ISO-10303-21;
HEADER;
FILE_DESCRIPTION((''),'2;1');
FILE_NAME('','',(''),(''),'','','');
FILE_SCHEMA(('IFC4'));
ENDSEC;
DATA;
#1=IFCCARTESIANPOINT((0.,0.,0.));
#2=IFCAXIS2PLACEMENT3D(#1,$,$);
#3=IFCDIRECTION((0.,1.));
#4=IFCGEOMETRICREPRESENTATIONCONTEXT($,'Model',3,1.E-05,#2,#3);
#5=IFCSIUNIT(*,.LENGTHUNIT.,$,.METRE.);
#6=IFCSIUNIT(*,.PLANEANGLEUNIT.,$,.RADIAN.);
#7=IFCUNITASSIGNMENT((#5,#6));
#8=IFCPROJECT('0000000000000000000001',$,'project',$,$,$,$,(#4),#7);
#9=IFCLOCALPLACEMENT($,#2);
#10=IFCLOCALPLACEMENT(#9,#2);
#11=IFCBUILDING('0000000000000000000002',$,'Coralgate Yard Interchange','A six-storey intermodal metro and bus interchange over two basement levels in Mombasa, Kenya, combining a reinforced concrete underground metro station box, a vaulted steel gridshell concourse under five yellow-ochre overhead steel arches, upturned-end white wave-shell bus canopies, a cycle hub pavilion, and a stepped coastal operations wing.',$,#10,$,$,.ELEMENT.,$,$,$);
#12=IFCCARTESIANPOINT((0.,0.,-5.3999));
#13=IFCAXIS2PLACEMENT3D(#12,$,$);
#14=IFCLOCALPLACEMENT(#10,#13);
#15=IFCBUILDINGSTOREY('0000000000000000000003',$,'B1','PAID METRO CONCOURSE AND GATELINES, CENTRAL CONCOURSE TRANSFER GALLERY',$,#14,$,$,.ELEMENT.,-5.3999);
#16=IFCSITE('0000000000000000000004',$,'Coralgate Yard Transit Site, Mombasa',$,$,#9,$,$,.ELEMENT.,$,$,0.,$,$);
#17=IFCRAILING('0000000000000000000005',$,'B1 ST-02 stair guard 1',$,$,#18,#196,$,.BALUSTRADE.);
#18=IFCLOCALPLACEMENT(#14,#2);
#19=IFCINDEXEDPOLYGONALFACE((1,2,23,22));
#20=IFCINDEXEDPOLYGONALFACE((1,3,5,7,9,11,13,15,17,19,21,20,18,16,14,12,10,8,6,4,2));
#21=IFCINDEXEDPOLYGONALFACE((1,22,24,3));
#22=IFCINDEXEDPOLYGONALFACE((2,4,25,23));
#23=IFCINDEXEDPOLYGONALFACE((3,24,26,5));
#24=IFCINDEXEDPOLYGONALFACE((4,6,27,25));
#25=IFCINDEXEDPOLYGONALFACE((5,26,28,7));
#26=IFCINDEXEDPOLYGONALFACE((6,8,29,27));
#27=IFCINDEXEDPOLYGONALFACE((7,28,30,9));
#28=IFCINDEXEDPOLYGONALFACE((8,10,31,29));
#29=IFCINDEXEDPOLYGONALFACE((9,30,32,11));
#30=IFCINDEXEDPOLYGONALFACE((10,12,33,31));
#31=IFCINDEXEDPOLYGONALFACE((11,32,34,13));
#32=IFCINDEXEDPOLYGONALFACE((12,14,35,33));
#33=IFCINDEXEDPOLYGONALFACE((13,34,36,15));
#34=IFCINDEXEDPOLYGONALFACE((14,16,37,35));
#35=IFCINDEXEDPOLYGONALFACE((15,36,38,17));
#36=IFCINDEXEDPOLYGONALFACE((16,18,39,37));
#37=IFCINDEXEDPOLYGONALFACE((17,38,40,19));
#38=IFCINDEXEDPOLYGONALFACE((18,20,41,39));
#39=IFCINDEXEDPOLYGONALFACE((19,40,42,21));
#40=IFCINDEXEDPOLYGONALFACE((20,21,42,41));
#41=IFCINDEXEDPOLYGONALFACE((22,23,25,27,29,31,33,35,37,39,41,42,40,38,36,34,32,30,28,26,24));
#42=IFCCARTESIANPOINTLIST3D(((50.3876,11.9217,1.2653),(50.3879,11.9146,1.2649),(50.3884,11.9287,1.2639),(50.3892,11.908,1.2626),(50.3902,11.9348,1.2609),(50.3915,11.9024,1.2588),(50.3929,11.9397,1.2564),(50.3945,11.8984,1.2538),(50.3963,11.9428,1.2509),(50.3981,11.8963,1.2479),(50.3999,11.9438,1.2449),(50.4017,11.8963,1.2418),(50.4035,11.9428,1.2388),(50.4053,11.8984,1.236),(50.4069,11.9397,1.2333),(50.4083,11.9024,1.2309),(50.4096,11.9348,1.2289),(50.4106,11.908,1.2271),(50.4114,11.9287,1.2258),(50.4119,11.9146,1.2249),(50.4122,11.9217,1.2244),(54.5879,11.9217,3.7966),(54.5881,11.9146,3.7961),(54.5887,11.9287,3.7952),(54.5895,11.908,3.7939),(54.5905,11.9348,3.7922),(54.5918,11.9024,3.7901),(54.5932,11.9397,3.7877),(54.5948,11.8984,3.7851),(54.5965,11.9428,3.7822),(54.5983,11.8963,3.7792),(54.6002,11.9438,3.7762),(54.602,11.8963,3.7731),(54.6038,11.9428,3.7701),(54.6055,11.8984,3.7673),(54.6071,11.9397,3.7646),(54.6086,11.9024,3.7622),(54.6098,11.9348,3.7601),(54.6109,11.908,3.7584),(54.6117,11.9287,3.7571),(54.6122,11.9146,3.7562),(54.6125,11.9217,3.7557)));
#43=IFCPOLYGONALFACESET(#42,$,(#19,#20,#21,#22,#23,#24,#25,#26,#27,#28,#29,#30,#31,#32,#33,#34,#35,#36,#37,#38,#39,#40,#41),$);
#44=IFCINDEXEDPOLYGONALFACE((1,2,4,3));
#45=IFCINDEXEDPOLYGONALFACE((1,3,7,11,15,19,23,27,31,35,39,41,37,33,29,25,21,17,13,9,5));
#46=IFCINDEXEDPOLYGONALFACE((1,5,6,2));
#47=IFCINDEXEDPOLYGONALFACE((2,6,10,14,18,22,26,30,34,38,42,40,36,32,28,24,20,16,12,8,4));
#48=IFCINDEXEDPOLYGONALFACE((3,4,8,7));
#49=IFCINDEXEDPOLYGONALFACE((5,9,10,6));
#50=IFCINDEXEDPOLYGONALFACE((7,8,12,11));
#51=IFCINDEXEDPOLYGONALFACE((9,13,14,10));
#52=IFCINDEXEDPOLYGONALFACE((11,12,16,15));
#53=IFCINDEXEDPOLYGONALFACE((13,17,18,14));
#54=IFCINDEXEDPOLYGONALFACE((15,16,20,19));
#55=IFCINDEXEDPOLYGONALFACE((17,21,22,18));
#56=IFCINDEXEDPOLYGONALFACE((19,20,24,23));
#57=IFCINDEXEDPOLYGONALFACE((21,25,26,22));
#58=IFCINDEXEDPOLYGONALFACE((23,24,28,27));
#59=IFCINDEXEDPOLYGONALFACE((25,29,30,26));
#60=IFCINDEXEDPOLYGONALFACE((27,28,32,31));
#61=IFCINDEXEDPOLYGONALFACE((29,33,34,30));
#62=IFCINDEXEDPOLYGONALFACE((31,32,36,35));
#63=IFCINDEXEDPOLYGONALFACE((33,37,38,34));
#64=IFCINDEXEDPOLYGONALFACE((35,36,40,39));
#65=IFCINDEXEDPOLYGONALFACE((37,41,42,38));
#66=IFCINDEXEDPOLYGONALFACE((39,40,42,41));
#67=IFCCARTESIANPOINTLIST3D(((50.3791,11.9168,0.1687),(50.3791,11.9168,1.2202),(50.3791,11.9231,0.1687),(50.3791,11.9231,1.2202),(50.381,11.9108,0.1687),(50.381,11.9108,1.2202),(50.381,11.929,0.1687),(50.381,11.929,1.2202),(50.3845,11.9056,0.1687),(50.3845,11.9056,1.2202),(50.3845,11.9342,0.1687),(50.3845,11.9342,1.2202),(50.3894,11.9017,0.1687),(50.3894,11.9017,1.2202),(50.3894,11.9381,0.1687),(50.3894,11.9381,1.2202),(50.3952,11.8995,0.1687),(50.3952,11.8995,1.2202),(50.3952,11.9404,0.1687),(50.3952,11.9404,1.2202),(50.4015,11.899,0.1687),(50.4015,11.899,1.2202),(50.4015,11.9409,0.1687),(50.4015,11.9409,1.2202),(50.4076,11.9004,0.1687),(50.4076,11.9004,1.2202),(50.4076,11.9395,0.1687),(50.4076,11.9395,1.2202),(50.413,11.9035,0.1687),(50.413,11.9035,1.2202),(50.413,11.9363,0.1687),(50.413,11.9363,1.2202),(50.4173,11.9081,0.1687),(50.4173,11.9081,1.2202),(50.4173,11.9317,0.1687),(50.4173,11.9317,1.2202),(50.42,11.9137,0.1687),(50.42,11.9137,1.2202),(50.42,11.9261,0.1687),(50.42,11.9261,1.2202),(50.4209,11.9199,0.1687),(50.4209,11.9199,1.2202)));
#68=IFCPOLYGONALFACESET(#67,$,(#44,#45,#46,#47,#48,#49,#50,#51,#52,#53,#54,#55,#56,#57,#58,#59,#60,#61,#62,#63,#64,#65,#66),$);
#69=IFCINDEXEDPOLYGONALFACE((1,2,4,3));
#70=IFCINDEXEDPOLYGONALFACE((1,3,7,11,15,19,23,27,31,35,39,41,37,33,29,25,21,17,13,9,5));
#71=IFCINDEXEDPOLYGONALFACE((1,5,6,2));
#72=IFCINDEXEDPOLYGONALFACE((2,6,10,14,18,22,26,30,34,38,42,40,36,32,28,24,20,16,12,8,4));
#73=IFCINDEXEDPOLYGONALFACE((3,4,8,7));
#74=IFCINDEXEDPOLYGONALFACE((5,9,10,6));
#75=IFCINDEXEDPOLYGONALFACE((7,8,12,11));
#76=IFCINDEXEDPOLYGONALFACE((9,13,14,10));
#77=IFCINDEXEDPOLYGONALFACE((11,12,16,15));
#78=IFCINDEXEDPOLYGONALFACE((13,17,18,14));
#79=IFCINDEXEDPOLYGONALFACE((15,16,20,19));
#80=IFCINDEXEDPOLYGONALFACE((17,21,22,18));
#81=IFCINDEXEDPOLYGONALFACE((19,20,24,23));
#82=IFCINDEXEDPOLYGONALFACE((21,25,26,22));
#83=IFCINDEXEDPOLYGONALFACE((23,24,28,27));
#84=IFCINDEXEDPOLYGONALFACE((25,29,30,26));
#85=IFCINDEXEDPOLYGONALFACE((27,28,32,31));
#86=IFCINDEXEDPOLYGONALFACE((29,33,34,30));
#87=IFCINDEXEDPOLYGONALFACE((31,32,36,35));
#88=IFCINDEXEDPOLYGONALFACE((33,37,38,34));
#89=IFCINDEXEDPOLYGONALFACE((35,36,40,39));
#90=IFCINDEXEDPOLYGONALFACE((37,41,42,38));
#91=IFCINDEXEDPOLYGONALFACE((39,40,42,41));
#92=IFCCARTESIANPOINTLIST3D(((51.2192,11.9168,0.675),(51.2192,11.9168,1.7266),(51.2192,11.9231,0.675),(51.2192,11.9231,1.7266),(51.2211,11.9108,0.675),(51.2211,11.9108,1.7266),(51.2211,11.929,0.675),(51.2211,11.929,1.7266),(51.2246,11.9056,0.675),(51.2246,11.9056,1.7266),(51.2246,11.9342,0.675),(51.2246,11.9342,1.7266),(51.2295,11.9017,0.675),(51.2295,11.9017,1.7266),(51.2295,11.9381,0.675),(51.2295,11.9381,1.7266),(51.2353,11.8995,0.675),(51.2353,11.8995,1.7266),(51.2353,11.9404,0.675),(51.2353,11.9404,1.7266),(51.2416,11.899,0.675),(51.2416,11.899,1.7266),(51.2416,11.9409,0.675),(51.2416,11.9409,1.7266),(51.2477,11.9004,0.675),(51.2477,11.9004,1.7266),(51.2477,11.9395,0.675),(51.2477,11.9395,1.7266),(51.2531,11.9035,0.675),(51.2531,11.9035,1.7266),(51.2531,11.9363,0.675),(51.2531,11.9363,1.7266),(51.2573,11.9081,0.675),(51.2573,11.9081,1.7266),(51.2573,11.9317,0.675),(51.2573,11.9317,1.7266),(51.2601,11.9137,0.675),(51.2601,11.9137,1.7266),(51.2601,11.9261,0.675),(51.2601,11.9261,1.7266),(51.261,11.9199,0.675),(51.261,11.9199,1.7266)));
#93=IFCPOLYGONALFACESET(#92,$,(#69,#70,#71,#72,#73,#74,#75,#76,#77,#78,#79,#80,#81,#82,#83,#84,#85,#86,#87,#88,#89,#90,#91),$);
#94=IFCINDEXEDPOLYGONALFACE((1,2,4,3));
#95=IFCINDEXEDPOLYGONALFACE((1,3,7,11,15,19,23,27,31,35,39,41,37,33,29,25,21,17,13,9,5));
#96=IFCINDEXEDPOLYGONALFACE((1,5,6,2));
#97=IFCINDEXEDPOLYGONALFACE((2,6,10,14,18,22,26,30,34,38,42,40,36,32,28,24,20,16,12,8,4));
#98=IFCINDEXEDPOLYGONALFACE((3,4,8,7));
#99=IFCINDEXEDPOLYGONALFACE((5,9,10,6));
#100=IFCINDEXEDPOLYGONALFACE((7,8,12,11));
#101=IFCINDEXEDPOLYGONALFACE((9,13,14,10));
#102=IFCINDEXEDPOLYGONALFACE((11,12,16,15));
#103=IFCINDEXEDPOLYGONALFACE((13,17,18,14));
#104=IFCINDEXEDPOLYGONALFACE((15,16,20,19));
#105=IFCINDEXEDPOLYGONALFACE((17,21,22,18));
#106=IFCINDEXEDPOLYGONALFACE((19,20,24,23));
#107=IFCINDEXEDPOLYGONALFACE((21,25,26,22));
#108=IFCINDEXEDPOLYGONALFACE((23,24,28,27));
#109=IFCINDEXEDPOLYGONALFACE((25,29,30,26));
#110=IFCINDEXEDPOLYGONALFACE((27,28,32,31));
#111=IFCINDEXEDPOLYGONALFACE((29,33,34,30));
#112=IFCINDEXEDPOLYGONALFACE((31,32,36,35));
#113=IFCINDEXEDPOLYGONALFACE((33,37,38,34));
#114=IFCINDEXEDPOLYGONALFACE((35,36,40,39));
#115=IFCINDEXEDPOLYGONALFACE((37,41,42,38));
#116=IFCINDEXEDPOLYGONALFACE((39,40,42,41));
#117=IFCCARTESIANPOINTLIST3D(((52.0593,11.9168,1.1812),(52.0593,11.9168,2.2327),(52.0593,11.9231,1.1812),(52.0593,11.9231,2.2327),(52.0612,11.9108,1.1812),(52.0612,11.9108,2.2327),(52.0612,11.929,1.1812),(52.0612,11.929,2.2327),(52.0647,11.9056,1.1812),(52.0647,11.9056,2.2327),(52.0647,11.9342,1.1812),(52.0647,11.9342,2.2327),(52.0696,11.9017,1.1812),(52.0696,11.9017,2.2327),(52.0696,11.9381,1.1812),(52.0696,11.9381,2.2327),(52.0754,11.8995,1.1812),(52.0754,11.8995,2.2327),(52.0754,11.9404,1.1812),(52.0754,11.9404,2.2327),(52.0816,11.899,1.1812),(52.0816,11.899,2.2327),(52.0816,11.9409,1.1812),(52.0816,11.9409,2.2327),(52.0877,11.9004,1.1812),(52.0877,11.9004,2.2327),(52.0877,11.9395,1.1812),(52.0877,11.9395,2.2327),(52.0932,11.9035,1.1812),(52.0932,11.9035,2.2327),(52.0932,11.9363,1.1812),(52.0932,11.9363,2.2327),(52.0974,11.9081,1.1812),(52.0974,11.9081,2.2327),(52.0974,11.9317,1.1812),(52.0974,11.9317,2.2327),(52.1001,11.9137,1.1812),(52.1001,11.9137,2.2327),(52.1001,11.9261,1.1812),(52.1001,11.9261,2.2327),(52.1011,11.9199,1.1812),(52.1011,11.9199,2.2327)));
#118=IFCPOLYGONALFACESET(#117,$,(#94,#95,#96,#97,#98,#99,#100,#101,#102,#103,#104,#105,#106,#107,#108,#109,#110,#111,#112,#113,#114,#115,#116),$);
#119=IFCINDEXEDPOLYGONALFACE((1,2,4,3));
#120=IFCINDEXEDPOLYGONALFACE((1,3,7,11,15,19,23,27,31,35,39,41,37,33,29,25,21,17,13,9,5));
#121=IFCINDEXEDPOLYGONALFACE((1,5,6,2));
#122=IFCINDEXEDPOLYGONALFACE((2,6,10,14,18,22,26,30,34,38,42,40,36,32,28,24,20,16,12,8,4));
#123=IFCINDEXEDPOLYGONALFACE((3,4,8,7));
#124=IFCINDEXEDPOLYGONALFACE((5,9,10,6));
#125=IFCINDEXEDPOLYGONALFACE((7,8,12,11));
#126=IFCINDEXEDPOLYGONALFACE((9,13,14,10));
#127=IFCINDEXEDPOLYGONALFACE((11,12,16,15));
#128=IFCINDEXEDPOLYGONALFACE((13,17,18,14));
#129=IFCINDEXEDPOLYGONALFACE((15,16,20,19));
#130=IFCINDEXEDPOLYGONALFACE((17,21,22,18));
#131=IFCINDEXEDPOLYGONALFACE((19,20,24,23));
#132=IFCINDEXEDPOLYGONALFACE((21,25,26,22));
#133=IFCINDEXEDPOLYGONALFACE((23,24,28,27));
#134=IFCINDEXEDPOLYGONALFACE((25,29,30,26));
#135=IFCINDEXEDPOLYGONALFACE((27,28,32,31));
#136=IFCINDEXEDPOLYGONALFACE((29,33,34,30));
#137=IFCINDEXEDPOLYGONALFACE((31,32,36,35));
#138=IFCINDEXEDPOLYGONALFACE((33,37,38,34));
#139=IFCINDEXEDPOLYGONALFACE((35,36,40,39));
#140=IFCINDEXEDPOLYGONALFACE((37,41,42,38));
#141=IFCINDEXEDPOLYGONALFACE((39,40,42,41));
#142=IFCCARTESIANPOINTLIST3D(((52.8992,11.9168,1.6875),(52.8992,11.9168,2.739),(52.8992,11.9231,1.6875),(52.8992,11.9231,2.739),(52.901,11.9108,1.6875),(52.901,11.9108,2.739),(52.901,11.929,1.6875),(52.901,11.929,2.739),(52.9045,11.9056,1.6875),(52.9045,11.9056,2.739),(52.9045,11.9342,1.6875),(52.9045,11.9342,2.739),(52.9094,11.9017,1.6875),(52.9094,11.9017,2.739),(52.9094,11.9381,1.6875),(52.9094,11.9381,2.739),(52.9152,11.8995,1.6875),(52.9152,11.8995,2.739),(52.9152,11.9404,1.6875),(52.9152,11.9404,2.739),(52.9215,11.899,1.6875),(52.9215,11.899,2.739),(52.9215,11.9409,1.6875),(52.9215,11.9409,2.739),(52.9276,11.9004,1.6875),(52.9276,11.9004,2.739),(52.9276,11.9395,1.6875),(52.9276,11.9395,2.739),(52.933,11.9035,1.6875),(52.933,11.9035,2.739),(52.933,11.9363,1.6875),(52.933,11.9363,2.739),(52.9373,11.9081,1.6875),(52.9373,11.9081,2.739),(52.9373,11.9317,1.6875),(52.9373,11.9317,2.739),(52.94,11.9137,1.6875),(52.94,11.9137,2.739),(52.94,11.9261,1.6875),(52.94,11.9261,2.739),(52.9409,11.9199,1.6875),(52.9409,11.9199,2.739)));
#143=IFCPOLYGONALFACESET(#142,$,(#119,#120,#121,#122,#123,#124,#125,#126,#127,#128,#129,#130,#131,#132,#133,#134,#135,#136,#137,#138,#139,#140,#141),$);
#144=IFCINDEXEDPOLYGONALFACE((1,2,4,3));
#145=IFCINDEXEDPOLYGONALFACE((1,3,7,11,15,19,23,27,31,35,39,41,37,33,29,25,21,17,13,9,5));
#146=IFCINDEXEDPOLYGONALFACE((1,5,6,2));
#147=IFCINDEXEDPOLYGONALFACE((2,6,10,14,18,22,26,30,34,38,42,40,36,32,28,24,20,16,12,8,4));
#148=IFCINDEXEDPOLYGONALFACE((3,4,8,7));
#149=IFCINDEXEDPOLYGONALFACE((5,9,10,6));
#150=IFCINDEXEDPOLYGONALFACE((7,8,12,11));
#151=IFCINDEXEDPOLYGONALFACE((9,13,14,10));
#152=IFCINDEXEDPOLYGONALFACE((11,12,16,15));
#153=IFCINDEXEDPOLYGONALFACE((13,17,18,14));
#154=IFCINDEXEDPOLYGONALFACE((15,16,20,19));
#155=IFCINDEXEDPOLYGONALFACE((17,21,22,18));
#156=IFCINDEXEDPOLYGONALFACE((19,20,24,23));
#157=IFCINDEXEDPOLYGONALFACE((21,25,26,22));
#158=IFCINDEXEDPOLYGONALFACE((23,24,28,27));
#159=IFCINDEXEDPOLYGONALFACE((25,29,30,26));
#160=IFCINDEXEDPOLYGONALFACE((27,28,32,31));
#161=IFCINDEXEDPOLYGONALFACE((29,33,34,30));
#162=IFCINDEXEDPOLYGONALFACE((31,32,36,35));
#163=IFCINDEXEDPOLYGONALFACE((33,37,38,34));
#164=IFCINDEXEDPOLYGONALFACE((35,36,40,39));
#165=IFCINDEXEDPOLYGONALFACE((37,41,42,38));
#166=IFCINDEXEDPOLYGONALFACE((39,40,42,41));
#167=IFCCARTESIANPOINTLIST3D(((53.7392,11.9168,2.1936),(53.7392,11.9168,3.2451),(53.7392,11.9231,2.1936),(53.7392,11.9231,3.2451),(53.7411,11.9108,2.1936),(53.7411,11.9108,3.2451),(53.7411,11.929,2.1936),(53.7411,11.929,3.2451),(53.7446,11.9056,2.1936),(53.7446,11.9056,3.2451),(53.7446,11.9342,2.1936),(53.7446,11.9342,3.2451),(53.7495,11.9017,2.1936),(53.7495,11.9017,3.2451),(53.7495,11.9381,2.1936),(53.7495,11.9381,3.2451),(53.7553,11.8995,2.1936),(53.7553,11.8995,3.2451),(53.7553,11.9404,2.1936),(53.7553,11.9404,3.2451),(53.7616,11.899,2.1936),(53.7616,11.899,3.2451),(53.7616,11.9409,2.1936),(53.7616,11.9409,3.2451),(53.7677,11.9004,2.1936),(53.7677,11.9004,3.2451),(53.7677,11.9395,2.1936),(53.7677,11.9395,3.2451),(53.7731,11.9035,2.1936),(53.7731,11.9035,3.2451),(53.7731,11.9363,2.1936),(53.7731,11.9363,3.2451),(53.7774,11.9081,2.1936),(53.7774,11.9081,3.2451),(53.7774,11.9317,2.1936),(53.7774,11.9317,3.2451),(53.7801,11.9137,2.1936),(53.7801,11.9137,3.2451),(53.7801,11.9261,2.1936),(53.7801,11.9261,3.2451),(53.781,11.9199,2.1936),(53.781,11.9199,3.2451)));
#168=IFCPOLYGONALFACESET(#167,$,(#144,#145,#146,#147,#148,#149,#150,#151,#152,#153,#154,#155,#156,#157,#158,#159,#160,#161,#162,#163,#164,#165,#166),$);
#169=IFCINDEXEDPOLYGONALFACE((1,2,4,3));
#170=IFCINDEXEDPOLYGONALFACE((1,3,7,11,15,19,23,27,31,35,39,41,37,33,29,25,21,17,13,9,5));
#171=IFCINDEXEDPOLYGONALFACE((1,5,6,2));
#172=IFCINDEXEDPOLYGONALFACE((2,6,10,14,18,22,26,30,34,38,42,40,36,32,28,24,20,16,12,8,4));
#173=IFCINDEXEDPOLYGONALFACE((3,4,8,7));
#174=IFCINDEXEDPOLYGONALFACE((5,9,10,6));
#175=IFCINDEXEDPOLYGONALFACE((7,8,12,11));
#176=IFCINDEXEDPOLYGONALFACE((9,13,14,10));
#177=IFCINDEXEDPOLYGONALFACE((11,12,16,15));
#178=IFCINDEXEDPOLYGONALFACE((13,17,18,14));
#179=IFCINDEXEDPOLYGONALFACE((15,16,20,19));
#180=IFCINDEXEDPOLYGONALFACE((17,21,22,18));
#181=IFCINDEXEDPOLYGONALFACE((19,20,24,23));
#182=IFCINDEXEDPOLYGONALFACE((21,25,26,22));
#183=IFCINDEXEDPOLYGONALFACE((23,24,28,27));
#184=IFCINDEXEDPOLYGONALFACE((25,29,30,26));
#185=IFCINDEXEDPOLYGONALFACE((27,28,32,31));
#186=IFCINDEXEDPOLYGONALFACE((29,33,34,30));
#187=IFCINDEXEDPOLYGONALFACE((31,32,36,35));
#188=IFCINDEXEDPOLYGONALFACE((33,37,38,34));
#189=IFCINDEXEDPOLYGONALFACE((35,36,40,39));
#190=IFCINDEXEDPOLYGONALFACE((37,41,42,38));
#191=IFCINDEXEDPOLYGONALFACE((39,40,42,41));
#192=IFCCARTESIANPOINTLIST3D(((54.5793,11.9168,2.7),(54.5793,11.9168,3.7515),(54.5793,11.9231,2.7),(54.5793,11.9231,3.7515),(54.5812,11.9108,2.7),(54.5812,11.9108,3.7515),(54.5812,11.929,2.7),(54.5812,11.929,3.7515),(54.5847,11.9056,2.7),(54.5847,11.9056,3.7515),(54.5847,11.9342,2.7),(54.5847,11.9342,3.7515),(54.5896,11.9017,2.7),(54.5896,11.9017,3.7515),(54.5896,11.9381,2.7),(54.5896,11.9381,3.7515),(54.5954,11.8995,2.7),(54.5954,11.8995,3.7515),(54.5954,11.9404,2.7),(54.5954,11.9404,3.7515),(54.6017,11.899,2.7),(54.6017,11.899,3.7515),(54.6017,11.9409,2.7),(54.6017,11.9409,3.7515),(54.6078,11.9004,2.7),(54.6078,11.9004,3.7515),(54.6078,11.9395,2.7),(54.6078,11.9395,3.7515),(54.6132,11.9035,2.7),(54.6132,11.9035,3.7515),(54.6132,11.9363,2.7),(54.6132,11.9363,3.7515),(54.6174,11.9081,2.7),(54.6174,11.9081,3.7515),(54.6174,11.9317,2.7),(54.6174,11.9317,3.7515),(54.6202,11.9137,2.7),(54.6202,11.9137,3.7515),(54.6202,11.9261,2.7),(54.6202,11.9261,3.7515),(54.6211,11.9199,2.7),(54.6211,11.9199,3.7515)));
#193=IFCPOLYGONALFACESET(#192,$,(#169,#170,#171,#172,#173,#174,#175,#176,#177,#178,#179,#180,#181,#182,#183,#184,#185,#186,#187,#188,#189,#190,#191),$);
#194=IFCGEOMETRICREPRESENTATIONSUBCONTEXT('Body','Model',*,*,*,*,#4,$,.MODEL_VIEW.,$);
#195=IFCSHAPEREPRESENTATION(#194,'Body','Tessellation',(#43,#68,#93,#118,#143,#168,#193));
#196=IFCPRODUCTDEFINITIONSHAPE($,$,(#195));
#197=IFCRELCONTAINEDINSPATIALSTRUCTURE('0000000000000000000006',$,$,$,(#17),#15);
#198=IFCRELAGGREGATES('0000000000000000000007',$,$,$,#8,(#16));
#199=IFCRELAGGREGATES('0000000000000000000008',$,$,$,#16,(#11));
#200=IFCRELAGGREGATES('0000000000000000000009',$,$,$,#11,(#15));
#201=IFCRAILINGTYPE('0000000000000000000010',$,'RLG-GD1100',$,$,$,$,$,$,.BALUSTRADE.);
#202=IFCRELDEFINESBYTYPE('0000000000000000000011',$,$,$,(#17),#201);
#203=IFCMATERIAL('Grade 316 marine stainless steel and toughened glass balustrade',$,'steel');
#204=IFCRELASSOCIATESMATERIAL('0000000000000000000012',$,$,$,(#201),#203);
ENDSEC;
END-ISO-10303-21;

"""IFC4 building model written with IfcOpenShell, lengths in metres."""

from ifc_helpers import new_model, si_unit, direction, frame, origin, origin_2d, place, context, subcontext, project, spatial, circle, extrude, material, type_object, element, save


model = new_model("IFC4")

# Units and contexts
model_context = context("Model", 3, precision=1e-05, world=origin(), true_north=direction((0.0, 1.0)))
body_context = subcontext(model_context, "Body", "Model", "MODEL_VIEW")
ifc_project = project(units=[si_unit("LENGTHUNIT", "METRE"), si_unit("PLANEANGLEUNIT", "RADIAN")], contexts=[model_context])

# Site, building, storey
site_placement = place(None, origin())
site = spatial("IfcSite", under=ifc_project, at=site_placement, Name="Coralgate Yard Transit Site, Mombasa", CompositionType="ELEMENT", RefElevation=0.0)
building_placement = place(site_placement, origin())
building = spatial("IfcBuilding", under=site, at=building_placement, Name="Coralgate Yard Interchange", Description="A six-storey intermodal metro and bus interchange over two basement levels in Mombasa, Kenya, combining a reinforced concrete underground metro station box, a vaulted steel gridshell concourse under five yellow-ochre overhead steel arches, upturned-end white wave-shell bus canopies, a cycle hub pavilion, and a stepped coastal operations wing.", CompositionType="ELEMENT")
storey_placement = place(building_placement, frame((0.0, 0.0, -5.3999)))
storey = spatial("IfcBuildingStorey", under=building, at=storey_placement, Name="B1", Description="PAID METRO CONCOURSE AND GATELINES, CENTRAL CONCOURSE TRANSFER GALLERY", CompositionType="ELEMENT", Elevation=-5.3999)

# Railing
ifc_material_1 = material(Name="Grade 316 marine stainless steel and toughened glass balustrade", Category="steel")
railing_type_1 = type_object("IfcRailingType", Name="RLG-GD1100", PredefinedType="BALUSTRADE", material=ifc_material_1)
railing_1_placement = place(storey_placement, frame((50.3999, 11.9199, 0.1687)))
element("IfcRailing", 1, at=railing_1_placement, inside=storey, type_object=railing_type_1, Name="B1 ST-02 stair guard 1", PredefinedType="BALUSTRADE", context=body_context, shape_type="SweptSolid", body=[
    extrude(circle(Radius=0.0239, at=origin_2d()), frame((0.0, 0.0, 1.0762), z_axis=(0.85649, 0.0, 0.516164), x_axis=(0.0, 1.0, 0.0)), (0.0, 0.0, 1.0), 4.9041),
    extrude(circle(Radius=0.021, at=origin_2d()), origin(), (0.0, 0.0, 1.0), 1.0515),
    extrude(circle(Radius=0.021, at=origin_2d()), frame((0.8401, 0.0, 0.5063)), (0.0, 0.0, 1.0), 1.0515),
    extrude(circle(Radius=0.021, at=origin_2d()), frame((1.6802, 0.0, 1.0125)), (0.0, 0.0, 1.0), 1.0515),
    extrude(circle(Radius=0.021, at=origin_2d()), frame((2.52, 0.0, 1.5188)), (0.0, 0.0, 1.0), 1.0515),
    extrude(circle(Radius=0.021, at=origin_2d()), frame((3.3601, 0.0, 2.0249)), (0.0, 0.0, 1.0), 1.0515),
    extrude(circle(Radius=0.021, at=origin_2d()), frame((4.2002, 0.0, 2.5312)), (0.0, 0.0, 1.0), 1.0515),
])

save(model, "model.ifc")
